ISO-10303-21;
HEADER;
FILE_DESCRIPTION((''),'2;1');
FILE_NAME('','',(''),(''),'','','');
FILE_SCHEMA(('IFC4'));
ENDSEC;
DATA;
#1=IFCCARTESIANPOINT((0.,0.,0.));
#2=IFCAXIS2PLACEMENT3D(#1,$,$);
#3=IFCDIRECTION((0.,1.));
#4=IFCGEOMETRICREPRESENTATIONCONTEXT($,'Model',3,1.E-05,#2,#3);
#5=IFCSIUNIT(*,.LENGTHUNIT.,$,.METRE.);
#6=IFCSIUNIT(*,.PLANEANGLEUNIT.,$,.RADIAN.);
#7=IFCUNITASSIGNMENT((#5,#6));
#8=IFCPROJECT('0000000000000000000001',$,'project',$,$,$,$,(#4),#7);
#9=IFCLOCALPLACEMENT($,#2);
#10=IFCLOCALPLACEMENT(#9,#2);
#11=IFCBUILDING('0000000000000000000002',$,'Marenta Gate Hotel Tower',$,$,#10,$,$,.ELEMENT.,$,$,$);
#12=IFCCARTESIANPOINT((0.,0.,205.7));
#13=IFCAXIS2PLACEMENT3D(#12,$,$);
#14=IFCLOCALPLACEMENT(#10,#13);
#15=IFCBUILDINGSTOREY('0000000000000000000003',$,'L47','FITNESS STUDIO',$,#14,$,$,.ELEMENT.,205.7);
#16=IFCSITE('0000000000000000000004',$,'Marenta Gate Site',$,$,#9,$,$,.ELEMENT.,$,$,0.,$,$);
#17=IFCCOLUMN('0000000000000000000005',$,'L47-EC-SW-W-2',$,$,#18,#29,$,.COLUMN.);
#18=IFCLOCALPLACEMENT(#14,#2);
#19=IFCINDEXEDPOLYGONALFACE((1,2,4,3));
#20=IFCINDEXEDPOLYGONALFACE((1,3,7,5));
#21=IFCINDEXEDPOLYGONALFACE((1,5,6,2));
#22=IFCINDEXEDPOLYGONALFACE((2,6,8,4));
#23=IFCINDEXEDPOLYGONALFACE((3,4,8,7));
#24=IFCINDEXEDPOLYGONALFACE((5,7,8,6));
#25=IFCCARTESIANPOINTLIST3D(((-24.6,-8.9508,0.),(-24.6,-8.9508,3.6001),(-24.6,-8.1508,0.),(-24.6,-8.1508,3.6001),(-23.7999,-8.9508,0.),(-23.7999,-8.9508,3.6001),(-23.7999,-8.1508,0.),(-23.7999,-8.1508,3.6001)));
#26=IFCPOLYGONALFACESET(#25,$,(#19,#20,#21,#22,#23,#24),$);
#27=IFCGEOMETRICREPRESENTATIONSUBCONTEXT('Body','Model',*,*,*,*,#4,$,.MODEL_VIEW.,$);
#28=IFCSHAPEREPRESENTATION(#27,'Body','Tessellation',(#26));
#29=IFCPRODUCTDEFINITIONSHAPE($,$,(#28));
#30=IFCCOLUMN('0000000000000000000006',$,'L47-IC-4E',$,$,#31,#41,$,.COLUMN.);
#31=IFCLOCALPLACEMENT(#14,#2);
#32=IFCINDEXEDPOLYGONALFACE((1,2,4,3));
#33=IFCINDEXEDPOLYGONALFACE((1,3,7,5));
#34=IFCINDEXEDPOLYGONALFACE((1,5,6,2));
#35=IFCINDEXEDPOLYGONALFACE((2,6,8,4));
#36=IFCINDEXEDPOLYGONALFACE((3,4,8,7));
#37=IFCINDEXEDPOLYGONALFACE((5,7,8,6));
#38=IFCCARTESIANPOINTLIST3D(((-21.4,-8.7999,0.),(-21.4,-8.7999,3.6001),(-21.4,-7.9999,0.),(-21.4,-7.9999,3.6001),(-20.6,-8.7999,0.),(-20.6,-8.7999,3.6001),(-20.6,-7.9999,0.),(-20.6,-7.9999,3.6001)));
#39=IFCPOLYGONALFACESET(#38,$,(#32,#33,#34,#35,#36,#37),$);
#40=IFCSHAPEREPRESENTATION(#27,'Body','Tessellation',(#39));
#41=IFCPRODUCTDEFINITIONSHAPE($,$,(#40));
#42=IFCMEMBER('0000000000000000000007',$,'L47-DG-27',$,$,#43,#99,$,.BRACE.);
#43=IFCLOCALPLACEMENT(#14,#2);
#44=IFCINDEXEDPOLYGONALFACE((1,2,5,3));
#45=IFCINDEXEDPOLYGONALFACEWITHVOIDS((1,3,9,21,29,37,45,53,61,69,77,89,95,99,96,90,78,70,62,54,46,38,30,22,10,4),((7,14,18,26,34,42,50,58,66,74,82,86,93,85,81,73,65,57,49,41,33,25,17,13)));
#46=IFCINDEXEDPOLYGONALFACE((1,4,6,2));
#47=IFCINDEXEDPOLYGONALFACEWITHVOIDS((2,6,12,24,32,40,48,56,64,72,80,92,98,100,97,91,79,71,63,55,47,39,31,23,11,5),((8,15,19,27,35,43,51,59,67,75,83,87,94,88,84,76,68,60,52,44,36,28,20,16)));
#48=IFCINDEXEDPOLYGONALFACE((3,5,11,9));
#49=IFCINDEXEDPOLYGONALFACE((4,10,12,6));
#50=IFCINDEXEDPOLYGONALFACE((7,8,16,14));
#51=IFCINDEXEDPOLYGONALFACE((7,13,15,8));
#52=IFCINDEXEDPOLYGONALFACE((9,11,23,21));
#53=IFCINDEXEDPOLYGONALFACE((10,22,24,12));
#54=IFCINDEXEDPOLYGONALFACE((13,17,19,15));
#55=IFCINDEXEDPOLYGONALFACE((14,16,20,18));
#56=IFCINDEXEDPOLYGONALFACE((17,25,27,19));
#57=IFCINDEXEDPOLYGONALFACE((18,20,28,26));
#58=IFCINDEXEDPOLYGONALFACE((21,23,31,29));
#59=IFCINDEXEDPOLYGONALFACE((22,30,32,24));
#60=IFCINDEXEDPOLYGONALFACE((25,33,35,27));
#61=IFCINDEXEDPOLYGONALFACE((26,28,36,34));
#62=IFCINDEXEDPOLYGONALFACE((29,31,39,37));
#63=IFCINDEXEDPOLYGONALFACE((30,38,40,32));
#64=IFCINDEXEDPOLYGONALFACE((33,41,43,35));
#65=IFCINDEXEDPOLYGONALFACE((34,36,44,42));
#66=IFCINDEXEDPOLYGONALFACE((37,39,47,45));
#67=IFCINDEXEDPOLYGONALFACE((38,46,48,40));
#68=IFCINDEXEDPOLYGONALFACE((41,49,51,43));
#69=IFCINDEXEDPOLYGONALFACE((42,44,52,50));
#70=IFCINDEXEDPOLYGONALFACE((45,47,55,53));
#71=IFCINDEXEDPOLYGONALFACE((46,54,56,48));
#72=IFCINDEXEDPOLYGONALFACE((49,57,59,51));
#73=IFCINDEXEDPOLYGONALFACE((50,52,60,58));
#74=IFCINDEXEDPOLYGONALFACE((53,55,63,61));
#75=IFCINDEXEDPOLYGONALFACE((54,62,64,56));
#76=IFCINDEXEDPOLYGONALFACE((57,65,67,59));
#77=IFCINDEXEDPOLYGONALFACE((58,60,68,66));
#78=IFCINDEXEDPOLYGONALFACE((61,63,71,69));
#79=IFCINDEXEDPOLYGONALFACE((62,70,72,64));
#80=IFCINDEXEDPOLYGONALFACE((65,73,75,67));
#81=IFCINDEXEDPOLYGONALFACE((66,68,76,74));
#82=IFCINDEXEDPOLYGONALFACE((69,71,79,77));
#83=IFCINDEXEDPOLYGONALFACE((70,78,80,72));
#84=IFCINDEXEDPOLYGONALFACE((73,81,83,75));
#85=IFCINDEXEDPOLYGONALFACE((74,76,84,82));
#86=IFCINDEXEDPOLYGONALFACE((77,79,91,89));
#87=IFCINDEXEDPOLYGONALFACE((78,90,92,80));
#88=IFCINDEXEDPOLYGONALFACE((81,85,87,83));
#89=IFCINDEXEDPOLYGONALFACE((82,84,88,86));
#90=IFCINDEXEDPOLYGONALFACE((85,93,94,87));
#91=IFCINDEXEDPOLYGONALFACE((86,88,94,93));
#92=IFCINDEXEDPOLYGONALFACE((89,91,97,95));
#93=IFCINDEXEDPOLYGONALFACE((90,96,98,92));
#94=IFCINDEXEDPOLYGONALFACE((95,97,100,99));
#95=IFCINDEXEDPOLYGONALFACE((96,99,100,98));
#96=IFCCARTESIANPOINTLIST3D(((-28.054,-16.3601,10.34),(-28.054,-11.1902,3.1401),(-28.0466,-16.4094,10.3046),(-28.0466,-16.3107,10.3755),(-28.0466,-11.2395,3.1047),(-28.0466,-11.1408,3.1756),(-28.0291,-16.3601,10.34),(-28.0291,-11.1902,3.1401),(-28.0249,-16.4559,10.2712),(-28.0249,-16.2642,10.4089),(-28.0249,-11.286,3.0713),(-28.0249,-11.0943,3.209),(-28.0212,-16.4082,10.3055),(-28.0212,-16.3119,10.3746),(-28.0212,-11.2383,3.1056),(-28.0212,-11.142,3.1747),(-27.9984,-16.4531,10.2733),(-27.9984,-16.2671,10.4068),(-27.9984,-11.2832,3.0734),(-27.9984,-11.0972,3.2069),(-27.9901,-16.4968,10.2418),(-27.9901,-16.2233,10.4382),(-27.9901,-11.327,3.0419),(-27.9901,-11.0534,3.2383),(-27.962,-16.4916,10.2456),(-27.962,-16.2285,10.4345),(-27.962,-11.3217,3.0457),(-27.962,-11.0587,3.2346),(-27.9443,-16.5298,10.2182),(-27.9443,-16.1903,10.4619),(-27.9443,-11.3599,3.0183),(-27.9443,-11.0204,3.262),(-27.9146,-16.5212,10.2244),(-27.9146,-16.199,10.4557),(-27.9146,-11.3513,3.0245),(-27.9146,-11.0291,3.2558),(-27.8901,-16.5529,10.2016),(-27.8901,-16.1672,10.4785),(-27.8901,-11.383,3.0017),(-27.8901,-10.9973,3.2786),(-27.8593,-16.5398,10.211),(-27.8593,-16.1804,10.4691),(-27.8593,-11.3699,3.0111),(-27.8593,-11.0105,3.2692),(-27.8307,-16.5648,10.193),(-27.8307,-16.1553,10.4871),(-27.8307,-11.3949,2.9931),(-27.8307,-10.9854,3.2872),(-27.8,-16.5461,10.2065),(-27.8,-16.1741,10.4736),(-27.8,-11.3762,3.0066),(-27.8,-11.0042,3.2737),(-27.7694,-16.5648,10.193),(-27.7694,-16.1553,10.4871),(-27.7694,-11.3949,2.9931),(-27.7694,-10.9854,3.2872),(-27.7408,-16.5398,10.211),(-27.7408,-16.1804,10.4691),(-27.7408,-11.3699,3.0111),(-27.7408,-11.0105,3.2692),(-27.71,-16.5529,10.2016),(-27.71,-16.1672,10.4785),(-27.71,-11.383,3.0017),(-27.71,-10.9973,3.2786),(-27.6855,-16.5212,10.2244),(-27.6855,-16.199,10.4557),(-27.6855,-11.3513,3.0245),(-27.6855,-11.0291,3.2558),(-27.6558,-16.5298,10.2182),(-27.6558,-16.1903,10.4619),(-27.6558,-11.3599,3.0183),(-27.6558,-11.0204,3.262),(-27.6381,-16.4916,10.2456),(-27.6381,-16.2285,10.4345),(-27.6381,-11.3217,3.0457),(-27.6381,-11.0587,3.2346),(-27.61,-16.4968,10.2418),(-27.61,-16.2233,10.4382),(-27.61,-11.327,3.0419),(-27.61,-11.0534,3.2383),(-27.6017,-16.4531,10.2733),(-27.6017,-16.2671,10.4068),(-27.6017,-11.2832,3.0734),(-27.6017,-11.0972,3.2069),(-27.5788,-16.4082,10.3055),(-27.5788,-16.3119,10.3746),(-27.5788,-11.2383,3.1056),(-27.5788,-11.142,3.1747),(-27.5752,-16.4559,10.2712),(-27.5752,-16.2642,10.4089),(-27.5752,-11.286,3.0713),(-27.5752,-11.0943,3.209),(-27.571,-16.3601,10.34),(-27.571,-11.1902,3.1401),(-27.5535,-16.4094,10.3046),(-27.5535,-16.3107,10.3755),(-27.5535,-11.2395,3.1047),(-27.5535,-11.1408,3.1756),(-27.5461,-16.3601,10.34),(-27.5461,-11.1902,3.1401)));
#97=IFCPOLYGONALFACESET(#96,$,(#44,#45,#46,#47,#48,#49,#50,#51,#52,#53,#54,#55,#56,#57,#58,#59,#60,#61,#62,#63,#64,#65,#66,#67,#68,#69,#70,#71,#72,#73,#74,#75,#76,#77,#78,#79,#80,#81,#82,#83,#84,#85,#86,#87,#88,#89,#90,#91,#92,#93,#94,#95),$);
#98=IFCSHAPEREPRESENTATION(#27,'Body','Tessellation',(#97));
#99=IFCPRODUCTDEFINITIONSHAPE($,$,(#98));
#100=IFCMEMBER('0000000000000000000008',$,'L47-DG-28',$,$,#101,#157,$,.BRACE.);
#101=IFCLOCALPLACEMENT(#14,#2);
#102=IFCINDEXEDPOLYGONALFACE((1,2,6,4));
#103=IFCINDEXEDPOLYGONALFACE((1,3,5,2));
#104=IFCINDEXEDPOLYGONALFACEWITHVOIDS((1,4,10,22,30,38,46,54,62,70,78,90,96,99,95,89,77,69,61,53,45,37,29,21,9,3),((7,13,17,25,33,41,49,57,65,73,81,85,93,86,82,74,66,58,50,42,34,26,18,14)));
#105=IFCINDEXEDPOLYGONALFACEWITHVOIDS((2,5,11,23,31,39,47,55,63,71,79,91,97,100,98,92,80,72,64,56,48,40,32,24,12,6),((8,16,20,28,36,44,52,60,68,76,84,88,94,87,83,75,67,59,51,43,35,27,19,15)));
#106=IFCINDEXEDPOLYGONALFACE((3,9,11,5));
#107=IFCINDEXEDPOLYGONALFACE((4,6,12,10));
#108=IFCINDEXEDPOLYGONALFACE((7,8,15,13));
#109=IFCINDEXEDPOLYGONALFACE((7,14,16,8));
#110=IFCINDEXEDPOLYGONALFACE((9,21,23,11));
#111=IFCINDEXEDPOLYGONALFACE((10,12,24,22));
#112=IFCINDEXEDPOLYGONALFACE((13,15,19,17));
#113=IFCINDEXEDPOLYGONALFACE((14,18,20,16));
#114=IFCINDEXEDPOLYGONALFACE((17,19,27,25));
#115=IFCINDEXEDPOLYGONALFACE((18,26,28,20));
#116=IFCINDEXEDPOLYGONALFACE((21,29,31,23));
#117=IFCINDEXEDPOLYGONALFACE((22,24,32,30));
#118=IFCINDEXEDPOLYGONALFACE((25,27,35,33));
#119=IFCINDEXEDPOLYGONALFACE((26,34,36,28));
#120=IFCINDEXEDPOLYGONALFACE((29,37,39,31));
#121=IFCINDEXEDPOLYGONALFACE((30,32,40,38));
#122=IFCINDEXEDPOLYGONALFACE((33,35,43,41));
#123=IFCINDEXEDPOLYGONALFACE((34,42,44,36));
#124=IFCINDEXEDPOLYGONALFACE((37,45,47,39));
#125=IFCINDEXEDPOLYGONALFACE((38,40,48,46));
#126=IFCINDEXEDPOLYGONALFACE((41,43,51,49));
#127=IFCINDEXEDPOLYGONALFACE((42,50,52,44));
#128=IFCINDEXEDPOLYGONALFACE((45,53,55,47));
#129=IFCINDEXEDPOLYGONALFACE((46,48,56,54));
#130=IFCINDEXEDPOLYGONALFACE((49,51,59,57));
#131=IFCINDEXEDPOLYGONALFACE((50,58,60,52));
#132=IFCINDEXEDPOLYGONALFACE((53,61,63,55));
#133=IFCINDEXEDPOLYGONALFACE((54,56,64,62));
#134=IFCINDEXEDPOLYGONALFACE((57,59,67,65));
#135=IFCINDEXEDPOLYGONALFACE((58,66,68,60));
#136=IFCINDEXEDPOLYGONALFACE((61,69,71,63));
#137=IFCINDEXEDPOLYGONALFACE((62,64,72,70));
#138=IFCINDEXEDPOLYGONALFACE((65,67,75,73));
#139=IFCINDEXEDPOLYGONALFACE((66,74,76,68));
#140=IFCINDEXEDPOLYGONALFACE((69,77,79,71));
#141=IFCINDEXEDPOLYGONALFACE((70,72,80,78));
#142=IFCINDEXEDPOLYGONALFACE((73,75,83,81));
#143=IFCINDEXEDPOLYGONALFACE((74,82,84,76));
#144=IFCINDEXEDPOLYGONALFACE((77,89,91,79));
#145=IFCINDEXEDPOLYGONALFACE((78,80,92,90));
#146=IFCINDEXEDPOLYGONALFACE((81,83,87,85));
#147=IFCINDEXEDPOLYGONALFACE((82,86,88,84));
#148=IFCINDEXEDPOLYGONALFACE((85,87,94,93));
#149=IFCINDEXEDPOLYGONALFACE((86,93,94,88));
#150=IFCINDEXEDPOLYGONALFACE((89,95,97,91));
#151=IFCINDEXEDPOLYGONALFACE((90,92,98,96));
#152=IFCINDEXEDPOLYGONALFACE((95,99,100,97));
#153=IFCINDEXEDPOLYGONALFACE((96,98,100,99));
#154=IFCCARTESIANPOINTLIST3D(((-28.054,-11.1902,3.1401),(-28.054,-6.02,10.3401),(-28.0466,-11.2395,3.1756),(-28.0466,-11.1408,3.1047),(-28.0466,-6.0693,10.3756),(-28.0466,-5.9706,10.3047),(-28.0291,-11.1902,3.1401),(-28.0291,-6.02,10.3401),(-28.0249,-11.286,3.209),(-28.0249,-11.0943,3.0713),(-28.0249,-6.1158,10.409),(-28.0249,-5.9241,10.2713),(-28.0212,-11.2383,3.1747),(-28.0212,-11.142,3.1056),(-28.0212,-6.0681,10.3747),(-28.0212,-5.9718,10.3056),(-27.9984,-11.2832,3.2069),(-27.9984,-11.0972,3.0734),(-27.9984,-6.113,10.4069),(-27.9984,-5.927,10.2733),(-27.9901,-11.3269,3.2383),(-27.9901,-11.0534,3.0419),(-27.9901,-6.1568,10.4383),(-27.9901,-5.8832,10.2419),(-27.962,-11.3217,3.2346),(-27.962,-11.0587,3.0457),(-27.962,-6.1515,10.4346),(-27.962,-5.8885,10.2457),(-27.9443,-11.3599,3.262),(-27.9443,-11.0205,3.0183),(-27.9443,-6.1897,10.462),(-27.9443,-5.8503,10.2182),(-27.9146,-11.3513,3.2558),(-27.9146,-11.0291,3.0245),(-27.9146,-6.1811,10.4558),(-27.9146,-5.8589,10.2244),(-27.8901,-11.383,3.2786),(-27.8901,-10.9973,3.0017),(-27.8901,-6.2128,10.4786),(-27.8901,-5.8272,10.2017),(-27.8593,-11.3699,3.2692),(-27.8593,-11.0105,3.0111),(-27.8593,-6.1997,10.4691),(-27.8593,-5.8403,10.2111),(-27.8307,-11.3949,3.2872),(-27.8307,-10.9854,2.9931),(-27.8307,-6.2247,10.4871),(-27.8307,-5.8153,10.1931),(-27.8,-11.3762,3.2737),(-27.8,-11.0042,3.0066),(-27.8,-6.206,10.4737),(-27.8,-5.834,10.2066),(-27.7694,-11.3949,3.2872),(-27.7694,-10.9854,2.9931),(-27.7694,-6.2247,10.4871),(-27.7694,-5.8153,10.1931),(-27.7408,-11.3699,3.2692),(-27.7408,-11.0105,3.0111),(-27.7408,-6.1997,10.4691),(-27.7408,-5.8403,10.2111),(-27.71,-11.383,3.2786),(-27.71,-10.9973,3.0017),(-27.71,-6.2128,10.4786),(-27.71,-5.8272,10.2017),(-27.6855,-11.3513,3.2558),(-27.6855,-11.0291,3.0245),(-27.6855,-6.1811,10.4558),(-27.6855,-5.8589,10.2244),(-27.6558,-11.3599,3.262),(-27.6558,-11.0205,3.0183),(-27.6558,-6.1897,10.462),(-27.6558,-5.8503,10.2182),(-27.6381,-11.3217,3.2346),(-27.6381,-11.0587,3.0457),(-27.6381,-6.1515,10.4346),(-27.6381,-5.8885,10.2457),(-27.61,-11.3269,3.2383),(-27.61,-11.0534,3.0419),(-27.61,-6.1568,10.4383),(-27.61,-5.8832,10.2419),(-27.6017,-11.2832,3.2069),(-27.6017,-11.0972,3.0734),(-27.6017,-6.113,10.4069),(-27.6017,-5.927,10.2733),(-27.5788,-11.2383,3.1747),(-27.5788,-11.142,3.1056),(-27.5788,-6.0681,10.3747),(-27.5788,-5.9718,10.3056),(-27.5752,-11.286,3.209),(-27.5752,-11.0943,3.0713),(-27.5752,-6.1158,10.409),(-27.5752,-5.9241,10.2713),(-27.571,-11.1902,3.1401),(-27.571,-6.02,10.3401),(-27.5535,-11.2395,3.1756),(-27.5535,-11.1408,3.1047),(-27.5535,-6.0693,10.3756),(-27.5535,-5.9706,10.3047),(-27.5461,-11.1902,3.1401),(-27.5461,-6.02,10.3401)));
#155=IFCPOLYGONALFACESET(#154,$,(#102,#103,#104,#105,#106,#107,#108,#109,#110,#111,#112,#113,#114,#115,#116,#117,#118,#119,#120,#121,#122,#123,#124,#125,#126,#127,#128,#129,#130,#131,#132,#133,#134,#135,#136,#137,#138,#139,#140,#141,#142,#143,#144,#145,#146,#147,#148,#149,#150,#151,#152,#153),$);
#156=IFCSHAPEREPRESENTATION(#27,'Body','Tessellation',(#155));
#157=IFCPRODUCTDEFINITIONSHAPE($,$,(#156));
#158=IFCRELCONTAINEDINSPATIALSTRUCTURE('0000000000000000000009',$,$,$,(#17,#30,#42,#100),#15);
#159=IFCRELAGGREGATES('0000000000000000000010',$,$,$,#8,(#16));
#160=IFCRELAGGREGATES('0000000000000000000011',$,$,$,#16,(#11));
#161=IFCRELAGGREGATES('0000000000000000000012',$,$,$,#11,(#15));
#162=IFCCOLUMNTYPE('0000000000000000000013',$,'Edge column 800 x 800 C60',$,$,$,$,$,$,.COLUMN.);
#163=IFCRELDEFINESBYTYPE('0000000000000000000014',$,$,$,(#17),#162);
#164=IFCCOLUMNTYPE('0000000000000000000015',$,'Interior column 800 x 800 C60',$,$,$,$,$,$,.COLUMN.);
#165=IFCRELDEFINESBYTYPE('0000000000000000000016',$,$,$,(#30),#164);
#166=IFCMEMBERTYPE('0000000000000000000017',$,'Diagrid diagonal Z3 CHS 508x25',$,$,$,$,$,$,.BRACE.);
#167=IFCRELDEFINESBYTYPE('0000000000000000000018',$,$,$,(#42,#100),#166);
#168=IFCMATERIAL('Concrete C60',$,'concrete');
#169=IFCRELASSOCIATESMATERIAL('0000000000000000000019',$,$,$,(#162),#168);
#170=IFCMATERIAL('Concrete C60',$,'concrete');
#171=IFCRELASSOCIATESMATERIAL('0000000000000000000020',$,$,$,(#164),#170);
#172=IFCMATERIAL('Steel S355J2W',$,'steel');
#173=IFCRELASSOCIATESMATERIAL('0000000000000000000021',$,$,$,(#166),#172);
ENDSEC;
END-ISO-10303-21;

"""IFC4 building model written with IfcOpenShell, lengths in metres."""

from ifc_helpers import new_model, si_unit, direction, frame, origin, origin_2d, place, context, subcontext, project, spatial, rectangle, hollow_circle, extrude, material, material_profile, profile_set, type_object, element, save


model = new_model("IFC4")

# Units and contexts
model_context = context("Model", 3, precision=1e-05, world=origin(), true_north=direction((0.0, 1.0)))
body_context = subcontext(model_context, "Body", "Model", "MODEL_VIEW")
ifc_project = project(units=[si_unit("LENGTHUNIT", "METRE"), si_unit("PLANEANGLEUNIT", "RADIAN")], contexts=[model_context])

# Site, building, storey
site_placement = place(None, origin())
site = spatial("IfcSite", under=ifc_project, at=site_placement, Name="Marenta Gate Site", CompositionType="ELEMENT", RefElevation=0.0)
building_placement = place(site_placement, origin())
building = spatial("IfcBuilding", under=site, at=building_placement, Name="Marenta Gate Hotel Tower", CompositionType="ELEMENT")
storey_placement = place(building_placement, frame((0.0, 0.0, 205.7)))
storey = spatial("IfcBuildingStorey", under=building, at=storey_placement, Name="L47", Description="FITNESS STUDIO", CompositionType="ELEMENT", Elevation=205.7)

# Columns
ifc_material_1 = material(Name="Concrete C60", Category="concrete")
ifc_material_profile_1 = material_profile(ifc_material_1, rectangle(XDim=0.8, YDim=0.8, at=origin_2d()), Name="800 x 800")
ifc_profile_set_1 = profile_set([ifc_material_profile_1], Name="Concrete C60")
column_type_1 = type_object("IfcColumnType", Name="Edge column 800 x 800 C60", PredefinedType="COLUMN", material=ifc_profile_set_1)
column_1_placement = place(storey_placement, frame((-24.2, -8.5508, 0.0), z_axis=(0.0, 0.0, 1.0), x_axis=(1.0, 0.0, 0.0)))
element("IfcColumn", 1, at=column_1_placement, inside=storey, type_object=column_type_1, Name="L47-EC-SW-W-2", PredefinedType="COLUMN", context=body_context, shape_type="SweptSolid", body=[
    extrude(rectangle(XDim=0.8, YDim=0.8, at=origin_2d()), origin(), (0.0, 0.0, 1.0), 3.6001),
])
ifc_material_2 = material(Name="Concrete C60", Category="concrete")
ifc_material_profile_2 = material_profile(ifc_material_2, rectangle(XDim=0.8, YDim=0.8, at=origin_2d()), Name="800 x 800")
ifc_profile_set_2 = profile_set([ifc_material_profile_2], Name="Concrete C60")
column_type_2 = type_object("IfcColumnType", Name="Interior column 800 x 800 C60", PredefinedType="COLUMN", material=ifc_profile_set_2)
column_2_placement = place(storey_placement, frame((-21.0, -8.3999, 0.0), z_axis=(0.0, 0.0, 1.0), x_axis=(1.0, 0.0, 0.0)))
element("IfcColumn", 2, at=column_2_placement, inside=storey, type_object=column_type_2, Name="L47-IC-4E", PredefinedType="COLUMN", context=body_context, shape_type="SweptSolid", body=[
    extrude(rectangle(XDim=0.8, YDim=0.8, at=origin_2d()), origin(), (0.0, 0.0, 1.0), 3.6001),
])

# Members
ifc_material_3 = material(Name="Steel S355J2W", Category="steel")
ifc_material_profile_3 = material_profile(ifc_material_3, hollow_circle(Radius=0.2539, WallThickness=0.0249, at=origin_2d()), Name="CHS 508x25")
ifc_profile_set_3 = profile_set([ifc_material_profile_3], Name="Steel S355J2W")
member_type_1 = type_object("IfcMemberType", Name="Diagrid diagonal Z3 CHS 508x25", PredefinedType="BRACE", material=ifc_profile_set_3)
member_1_placement = place(storey_placement, frame((-27.8, -11.1902, 3.1401), z_axis=(0.0, -0.583261, 0.812285), x_axis=(1.0, 0.0, 0.0)))
element("IfcMember", 3, at=member_1_placement, inside=storey, type_object=member_type_1, Name="L47-DG-27", PredefinedType="BRACE", context=body_context, shape_type="SweptSolid", body=[
    extrude(hollow_circle(Radius=0.2539, WallThickness=0.0249, at=origin_2d()), origin(), (0.0, 0.0, 1.0), 8.8638),
])
member_2_placement = place(storey_placement, frame((-27.8, -11.1902, 3.1401), z_axis=(0.0, 0.583279, 0.812272), x_axis=(-1.0, 0.0, 0.0)))
element("IfcMember", 4, at=member_2_placement, inside=storey, type_object=member_type_1, Name="L47-DG-28", PredefinedType="BRACE", context=body_context, shape_type="SweptSolid", body=[
    extrude(hollow_circle(Radius=0.2539, WallThickness=0.0249, at=origin_2d()), origin(), (0.0, 0.0, 1.0), 8.864),
])

save(model, "model.ifc")
